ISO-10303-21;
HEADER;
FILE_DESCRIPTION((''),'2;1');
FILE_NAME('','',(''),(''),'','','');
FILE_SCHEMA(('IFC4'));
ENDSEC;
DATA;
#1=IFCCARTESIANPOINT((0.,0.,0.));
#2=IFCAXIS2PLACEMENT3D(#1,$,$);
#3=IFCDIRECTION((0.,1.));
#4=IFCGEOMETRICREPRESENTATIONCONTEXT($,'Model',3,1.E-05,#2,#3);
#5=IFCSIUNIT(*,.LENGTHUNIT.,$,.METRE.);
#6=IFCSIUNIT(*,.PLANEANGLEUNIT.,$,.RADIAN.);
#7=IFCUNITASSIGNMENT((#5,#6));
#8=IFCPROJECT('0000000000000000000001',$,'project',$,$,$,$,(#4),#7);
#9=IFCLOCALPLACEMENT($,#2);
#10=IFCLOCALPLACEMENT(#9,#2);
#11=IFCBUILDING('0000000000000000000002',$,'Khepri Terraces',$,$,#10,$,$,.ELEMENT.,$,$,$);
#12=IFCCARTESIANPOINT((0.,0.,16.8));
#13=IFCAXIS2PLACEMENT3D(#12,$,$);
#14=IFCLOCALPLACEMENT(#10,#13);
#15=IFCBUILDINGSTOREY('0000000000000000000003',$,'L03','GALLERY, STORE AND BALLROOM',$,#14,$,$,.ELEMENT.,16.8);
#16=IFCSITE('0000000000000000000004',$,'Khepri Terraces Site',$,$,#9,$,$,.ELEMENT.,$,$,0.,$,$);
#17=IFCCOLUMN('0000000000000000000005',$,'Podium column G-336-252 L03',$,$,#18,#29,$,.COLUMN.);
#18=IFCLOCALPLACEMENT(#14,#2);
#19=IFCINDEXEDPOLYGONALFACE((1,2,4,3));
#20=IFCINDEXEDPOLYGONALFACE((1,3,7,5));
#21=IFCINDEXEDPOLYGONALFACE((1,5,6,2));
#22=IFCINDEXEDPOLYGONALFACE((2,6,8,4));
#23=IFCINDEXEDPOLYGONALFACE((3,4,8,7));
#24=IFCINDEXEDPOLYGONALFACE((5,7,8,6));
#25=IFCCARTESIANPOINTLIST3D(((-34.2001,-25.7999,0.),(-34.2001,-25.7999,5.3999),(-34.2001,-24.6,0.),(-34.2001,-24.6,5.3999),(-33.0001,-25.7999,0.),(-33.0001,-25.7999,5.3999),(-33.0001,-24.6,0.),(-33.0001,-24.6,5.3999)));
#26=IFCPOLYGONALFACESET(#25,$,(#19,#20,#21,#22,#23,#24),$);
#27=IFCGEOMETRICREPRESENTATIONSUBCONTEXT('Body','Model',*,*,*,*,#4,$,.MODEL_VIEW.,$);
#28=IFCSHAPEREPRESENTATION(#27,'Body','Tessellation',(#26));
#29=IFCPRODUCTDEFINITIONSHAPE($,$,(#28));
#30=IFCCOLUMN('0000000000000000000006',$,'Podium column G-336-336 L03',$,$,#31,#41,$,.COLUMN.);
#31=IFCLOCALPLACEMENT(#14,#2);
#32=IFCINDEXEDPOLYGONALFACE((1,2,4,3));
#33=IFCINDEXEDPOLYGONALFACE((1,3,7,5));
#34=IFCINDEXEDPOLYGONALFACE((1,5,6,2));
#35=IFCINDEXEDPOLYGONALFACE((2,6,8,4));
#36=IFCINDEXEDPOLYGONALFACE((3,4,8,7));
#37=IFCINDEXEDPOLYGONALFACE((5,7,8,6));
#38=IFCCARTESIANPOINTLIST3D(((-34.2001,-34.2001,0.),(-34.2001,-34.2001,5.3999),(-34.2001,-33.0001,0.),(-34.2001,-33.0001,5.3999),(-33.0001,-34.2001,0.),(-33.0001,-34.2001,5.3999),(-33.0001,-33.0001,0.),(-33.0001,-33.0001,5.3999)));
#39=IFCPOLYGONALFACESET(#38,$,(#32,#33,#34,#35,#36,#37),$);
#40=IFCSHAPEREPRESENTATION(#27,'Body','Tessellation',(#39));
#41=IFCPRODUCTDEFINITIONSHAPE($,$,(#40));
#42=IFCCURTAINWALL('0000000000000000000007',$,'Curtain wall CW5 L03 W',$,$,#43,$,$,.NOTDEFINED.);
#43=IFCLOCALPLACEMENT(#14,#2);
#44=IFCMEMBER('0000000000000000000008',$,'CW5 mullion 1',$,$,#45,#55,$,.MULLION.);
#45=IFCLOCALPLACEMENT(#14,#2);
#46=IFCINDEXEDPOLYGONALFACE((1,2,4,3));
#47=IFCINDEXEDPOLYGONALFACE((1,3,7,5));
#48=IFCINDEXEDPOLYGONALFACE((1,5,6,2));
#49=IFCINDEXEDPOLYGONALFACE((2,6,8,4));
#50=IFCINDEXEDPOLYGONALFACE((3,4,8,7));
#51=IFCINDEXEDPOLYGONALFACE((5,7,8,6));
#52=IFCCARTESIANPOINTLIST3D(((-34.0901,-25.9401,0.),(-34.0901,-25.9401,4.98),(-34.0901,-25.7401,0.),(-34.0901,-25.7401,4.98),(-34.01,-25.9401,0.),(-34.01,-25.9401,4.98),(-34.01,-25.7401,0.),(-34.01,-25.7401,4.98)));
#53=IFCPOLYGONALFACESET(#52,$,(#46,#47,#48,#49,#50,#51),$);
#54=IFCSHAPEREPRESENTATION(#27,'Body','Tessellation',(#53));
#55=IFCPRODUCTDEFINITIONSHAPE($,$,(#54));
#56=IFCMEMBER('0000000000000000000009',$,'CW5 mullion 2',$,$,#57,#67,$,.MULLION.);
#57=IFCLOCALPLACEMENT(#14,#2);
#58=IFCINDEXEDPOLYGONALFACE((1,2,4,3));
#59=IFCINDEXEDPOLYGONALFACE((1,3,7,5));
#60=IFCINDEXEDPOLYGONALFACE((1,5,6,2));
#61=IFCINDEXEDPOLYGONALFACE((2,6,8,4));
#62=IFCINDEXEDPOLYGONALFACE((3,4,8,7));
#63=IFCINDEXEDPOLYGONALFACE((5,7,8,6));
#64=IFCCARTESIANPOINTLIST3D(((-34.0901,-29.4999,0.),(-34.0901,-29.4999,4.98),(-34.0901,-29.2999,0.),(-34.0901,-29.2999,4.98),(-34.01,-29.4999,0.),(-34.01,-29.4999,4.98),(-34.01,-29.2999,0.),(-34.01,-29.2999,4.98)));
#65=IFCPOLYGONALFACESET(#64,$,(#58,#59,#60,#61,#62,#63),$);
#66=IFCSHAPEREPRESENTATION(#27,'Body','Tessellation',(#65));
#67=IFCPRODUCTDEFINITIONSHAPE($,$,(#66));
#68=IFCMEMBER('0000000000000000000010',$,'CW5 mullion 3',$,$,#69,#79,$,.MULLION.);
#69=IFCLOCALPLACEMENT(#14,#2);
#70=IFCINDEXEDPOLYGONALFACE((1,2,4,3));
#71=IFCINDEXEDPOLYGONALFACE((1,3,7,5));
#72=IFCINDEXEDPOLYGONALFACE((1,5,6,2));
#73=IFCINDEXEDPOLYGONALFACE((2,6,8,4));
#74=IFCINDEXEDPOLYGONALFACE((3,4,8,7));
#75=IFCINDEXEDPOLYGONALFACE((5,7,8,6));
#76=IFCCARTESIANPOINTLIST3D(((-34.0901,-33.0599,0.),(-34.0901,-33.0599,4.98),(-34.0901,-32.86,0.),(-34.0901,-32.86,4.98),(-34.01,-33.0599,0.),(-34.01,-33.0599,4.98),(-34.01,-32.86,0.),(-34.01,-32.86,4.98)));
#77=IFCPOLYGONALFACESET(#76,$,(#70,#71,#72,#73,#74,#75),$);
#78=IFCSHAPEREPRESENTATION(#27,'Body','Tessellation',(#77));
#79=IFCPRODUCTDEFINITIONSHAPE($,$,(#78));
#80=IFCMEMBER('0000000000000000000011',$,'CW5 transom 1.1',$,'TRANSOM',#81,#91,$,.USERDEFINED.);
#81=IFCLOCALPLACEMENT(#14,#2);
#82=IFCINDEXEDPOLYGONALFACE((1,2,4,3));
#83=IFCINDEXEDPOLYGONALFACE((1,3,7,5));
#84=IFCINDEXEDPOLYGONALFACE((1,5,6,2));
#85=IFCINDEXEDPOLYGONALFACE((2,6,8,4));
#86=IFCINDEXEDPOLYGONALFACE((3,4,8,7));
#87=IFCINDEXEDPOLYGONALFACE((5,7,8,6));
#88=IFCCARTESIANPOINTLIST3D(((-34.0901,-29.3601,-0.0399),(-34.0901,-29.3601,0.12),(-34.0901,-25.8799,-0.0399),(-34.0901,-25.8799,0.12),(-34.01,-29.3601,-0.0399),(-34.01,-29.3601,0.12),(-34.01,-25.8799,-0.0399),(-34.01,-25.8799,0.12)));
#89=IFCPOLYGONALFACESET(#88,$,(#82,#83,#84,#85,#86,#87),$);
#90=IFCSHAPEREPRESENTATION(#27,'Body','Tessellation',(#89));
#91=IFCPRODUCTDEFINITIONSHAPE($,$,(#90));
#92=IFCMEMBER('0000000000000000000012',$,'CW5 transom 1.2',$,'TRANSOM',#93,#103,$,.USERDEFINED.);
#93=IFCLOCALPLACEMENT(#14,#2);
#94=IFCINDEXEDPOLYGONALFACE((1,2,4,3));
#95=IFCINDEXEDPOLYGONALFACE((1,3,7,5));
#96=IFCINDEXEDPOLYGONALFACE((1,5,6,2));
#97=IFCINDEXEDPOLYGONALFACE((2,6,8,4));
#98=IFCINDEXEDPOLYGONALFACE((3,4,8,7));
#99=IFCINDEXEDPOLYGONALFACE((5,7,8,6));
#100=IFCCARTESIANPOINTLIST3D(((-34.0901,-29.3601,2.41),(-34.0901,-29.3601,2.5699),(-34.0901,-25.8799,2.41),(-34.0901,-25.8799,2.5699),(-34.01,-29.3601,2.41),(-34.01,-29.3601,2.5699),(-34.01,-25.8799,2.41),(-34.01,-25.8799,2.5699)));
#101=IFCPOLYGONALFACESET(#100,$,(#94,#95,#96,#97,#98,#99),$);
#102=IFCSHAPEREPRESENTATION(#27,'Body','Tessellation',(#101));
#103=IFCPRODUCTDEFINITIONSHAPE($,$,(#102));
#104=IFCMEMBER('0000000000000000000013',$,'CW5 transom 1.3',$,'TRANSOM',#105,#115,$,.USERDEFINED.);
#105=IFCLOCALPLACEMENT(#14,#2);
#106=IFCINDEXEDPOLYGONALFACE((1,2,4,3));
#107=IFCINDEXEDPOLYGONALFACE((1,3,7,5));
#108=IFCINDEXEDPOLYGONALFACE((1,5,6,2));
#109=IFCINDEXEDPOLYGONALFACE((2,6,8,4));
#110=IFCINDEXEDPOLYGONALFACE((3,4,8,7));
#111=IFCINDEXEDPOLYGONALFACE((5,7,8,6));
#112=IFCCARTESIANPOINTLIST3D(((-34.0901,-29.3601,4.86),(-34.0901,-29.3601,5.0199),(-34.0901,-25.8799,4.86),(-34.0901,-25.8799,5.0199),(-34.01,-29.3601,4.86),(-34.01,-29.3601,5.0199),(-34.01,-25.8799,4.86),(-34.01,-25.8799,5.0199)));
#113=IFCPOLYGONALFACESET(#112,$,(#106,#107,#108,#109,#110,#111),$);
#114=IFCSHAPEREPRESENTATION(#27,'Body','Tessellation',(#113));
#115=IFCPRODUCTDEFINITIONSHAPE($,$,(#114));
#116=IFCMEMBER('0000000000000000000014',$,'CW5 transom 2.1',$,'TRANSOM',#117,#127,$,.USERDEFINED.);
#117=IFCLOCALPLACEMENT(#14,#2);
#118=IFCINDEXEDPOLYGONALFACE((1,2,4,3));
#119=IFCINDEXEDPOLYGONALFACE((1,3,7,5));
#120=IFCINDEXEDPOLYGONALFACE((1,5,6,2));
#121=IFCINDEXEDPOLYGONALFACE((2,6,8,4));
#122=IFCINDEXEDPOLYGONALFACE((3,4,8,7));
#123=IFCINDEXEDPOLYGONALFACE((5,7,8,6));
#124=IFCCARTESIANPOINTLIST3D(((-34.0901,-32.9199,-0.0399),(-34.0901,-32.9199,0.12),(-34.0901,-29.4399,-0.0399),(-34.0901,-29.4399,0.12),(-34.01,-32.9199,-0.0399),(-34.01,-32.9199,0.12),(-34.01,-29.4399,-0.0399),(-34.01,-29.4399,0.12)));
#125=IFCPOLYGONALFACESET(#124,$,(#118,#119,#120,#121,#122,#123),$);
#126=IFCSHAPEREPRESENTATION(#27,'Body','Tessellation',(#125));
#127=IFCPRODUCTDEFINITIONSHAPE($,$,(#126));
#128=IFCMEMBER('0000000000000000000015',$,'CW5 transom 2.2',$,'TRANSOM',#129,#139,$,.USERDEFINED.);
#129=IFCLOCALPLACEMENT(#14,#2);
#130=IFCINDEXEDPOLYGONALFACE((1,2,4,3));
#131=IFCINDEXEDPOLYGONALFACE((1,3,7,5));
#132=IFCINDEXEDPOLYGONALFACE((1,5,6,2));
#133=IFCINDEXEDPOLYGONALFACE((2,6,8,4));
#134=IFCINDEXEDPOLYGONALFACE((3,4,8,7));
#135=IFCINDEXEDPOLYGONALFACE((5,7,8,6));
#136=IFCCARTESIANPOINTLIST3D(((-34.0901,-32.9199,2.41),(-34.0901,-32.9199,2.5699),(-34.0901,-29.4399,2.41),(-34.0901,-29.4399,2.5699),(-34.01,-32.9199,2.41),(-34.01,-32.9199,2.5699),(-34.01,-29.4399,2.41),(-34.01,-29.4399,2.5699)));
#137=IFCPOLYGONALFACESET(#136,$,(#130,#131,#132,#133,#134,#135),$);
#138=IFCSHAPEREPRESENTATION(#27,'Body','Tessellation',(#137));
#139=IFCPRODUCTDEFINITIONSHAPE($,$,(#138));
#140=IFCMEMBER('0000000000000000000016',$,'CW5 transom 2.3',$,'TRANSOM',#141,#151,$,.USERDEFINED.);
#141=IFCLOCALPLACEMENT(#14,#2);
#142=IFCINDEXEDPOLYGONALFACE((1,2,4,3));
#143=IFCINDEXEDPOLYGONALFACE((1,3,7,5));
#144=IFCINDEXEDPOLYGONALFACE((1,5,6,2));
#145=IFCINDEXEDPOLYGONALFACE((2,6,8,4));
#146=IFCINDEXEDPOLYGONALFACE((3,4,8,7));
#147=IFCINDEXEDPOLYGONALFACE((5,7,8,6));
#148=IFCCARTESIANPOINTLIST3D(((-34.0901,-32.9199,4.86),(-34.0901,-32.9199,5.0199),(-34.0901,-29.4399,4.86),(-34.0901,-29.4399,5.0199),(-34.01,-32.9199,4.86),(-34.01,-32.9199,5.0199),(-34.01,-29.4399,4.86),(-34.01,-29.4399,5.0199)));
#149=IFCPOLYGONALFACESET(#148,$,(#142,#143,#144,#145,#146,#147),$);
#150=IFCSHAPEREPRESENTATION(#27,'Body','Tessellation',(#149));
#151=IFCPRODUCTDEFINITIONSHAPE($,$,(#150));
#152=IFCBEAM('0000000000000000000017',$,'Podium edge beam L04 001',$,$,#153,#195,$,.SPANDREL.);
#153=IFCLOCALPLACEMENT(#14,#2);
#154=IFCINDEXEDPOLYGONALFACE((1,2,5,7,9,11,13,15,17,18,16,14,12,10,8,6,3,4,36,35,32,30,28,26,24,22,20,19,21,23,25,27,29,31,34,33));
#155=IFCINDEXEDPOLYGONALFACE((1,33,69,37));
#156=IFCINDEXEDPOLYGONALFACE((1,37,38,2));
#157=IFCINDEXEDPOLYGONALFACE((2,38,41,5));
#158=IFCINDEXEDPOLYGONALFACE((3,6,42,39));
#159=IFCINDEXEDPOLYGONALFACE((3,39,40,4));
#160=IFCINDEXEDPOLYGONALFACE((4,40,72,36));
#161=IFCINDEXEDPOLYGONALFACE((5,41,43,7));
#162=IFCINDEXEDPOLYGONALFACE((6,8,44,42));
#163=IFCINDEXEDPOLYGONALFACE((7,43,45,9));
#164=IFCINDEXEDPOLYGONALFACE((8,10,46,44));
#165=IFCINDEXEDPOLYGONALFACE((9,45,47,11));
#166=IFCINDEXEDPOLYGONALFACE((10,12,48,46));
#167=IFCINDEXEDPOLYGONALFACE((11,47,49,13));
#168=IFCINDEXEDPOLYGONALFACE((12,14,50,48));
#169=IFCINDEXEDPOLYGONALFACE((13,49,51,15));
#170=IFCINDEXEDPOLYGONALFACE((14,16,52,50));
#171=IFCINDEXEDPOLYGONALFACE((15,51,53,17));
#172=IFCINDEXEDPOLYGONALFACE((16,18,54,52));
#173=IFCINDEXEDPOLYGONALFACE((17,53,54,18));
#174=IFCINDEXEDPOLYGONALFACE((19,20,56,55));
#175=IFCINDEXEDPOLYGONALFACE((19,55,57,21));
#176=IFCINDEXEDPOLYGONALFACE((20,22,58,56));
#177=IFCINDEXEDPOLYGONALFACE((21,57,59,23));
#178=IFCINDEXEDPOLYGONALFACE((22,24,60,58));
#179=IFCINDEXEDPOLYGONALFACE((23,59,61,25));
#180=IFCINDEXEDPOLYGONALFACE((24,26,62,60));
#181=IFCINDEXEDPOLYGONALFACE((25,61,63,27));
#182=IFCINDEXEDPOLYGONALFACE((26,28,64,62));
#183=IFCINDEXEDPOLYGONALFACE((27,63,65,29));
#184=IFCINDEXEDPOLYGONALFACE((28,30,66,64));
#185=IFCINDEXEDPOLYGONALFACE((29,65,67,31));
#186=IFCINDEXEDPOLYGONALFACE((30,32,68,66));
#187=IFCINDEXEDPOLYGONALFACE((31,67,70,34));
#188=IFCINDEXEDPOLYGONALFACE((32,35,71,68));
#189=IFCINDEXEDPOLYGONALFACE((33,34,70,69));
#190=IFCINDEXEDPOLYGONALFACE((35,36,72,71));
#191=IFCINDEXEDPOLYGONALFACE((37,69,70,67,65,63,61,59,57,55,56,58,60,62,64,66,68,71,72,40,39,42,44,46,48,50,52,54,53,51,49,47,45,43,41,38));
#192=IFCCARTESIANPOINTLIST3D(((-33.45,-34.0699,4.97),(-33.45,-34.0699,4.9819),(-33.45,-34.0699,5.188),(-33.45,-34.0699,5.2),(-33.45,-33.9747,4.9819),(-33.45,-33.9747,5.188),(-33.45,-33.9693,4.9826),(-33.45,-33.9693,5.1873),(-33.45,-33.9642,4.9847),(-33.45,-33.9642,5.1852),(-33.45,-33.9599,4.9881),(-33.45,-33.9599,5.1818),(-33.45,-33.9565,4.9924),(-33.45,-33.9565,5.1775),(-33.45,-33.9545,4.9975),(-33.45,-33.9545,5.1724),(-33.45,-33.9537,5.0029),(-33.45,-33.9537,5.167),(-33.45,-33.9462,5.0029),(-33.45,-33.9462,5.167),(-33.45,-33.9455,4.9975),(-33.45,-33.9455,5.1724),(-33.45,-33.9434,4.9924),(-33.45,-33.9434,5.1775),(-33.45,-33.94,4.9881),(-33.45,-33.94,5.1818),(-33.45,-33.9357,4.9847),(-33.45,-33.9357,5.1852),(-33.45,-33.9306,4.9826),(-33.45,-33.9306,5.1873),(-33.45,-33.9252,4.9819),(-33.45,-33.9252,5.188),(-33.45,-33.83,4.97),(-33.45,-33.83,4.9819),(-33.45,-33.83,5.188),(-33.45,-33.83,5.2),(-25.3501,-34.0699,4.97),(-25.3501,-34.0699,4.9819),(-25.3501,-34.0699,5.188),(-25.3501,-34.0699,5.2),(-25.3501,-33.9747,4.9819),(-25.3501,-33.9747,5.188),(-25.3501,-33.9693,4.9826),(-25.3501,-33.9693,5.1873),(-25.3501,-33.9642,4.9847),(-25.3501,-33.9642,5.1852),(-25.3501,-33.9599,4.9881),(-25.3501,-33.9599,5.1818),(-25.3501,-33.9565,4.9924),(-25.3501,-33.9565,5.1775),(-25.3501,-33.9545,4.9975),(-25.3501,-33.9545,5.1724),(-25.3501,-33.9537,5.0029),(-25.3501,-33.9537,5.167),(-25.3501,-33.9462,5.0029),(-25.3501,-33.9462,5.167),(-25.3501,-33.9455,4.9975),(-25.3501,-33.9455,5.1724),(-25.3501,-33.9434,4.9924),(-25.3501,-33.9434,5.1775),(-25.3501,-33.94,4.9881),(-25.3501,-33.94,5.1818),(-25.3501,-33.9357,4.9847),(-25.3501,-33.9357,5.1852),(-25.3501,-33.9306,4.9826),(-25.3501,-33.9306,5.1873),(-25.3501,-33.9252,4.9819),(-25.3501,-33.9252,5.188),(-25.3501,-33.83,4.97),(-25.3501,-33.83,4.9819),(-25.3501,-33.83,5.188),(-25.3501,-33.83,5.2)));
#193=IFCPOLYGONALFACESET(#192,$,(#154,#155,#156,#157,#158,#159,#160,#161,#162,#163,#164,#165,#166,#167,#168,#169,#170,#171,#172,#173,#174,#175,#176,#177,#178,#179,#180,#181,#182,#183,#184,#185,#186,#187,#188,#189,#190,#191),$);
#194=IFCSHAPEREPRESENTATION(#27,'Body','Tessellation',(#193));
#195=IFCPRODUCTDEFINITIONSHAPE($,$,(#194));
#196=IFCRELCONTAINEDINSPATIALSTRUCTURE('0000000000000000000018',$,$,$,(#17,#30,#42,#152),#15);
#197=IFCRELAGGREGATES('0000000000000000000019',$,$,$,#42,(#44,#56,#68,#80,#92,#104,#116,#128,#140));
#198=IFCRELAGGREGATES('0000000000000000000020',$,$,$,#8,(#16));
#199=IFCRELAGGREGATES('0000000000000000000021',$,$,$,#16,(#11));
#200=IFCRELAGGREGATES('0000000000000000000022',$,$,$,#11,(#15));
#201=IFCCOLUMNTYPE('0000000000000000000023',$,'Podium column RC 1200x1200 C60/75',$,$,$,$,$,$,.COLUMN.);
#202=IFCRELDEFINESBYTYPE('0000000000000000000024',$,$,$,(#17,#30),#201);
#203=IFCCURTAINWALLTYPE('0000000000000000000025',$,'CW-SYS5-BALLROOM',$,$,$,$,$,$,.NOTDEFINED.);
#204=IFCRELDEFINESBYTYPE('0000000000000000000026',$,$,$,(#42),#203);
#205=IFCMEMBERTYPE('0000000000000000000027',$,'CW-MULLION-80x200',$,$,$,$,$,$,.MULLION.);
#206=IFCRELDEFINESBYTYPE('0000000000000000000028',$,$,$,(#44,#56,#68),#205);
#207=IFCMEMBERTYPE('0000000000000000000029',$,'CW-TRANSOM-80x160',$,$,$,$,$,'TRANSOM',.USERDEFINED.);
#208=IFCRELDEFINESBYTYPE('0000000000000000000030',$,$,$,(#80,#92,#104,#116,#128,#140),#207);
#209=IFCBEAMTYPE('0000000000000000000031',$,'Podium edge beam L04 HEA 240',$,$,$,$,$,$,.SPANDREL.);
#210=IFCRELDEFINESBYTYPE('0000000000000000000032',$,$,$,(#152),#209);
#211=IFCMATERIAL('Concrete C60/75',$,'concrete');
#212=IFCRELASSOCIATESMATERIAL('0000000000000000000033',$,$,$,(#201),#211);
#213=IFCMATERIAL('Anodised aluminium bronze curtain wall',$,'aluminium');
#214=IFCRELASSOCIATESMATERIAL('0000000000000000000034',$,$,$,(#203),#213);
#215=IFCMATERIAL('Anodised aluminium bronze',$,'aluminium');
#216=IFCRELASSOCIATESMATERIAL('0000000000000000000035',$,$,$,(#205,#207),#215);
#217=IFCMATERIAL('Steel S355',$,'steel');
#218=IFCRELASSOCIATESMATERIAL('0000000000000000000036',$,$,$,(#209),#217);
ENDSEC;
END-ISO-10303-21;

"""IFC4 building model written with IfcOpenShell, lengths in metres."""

from ifc_helpers import new_model, si_unit, direction, frame, origin, origin_2d, place, context, subcontext, project, spatial, rectangle, i_section, extrude, material, material_profile, profile_set, type_object, element, aggregate, save


model = new_model("IFC4")

# Units and contexts
model_context = context("Model", 3, precision=1e-05, world=origin(), true_north=direction((0.0, 1.0)))
body_context = subcontext(model_context, "Body", "Model", "MODEL_VIEW")
ifc_project = project(units=[si_unit("LENGTHUNIT", "METRE"), si_unit("PLANEANGLEUNIT", "RADIAN")], contexts=[model_context])

# Site, building, storey
site_placement = place(None, origin())
site = spatial("IfcSite", under=ifc_project, at=site_placement, Name="Khepri Terraces Site", CompositionType="ELEMENT", RefElevation=0.0)
building_placement = place(site_placement, origin())
building = spatial("IfcBuilding", under=site, at=building_placement, Name="Khepri Terraces", CompositionType="ELEMENT")
storey_placement = place(building_placement, frame((0.0, 0.0, 16.8)))
storey = spatial("IfcBuildingStorey", under=building, at=storey_placement, Name="L03", Description="GALLERY, STORE AND BALLROOM", CompositionType="ELEMENT", Elevation=16.8)

# Columns
ifc_material_1 = material(Name="Concrete C60/75", Category="concrete")
ifc_material_profile_1 = material_profile(ifc_material_1, rectangle(XDim=1.2, YDim=1.2, at=origin_2d()), Name="Concrete C60/75", Category="concrete")
ifc_profile_set_1 = profile_set([ifc_material_profile_1], Name="Concrete C60/75")
column_type = type_object("IfcColumnType", Name="Podium column RC 1200x1200 C60/75", PredefinedType="COLUMN", material=ifc_profile_set_1)
for number, where, z_axis, x_axis, name in (
    (1, (-33.6001, -25.2, 0.0), (0.0, 0.0, 1.0), (1.0, 0.0, 0.0), "Podium column G-336-252 L03"),
    (2, (-33.6001, -33.6001, 0.0), (0.0, 0.0, 1.0), (1.0, 0.0, 0.0), "Podium column G-336-336 L03"),
):
    element("IfcColumn", number, at=place(storey_placement, frame(where, z_axis=z_axis, x_axis=x_axis)), inside=storey, type_object=column_type, Name=name, PredefinedType="COLUMN", context=body_context, shape_type="SweptSolid", body=[
        extrude(rectangle(XDim=1.2, YDim=1.2, at=origin_2d()), origin(), (0.0, 0.0, 1.0), 5.3999),
    ])

# Curtain wall, members
ifc_material_2 = material(Name="Anodised aluminium bronze curtain wall", Category="aluminium")
curtain_wall_type = type_object("IfcCurtainWallType", Name="CW-SYS5-BALLROOM", PredefinedType="NOTDEFINED", material=ifc_material_2)
curtain_wall_placement = place(storey_placement, origin())
curtain_wall = element("IfcCurtainWall", 3, at=curtain_wall_placement, inside=storey, type_object=curtain_wall_type, Name="Curtain wall CW5 L03 W", PredefinedType="NOTDEFINED")
ifc_material_3 = material(Name="Anodised aluminium bronze", Category="aluminium")
ifc_material_profile_2 = material_profile(ifc_material_3, rectangle(XDim=0.0801, YDim=0.2, at=origin_2d()), Name="Anodised aluminium bronze", Category="aluminium")
ifc_profile_set_2 = profile_set([ifc_material_profile_2], Name="Anodised aluminium bronze")
member_type_1 = type_object("IfcMemberType", Name="CW-MULLION-80x200", PredefinedType="MULLION", material=ifc_profile_set_2)
member_1_placement = place(storey_placement, frame((-34.05, -25.8401, 0.0), z_axis=(0.0, 0.0, 1.0), x_axis=(1.0, 0.0, 0.0)))
member_1 = element("IfcMember", 4, at=member_1_placement, type_object=member_type_1, Name="CW5 mullion 1", PredefinedType="MULLION", context=body_context, shape_type="SweptSolid", body=[
    extrude(rectangle(XDim=0.0801, YDim=0.2, at=origin_2d()), origin(), (0.0, 0.0, 1.0), 4.98),
])
member_2_placement = place(storey_placement, frame((-34.05, -29.3999, 0.0), z_axis=(0.0, 0.0, 1.0), x_axis=(1.0, 0.0, 0.0)))
member_2 = element("IfcMember", 5, at=member_2_placement, type_object=member_type_1, Name="CW5 mullion 2", PredefinedType="MULLION", context=body_context, shape_type="SweptSolid", body=[
    extrude(rectangle(XDim=0.0801, YDim=0.2, at=origin_2d()), origin(), (0.0, 0.0, 1.0), 4.98),
])
member_3_placement = place(storey_placement, frame((-34.05, -32.96, 0.0), z_axis=(0.0, 0.0, 1.0), x_axis=(1.0, 0.0, 0.0)))
member_3 = element("IfcMember", 6, at=member_3_placement, type_object=member_type_1, Name="CW5 mullion 3", PredefinedType="MULLION", context=body_context, shape_type="SweptSolid", body=[
    extrude(rectangle(XDim=0.0801, YDim=0.2, at=origin_2d()), origin(), (0.0, 0.0, 1.0), 4.98),
])
ifc_material_profile_3 = material_profile(ifc_material_3, rectangle(XDim=0.0801, YDim=0.1599, at=origin_2d()), Name="Anodised aluminium bronze", Category="aluminium")
ifc_profile_set_3 = profile_set([ifc_material_profile_3], Name="Anodised aluminium bronze")
member_type_2 = type_object("IfcMemberType", Name="CW-TRANSOM-80x160", ElementType="TRANSOM", PredefinedType="USERDEFINED", material=ifc_profile_set_3)
member_4_placement = place(storey_placement, frame((-34.05, -25.8799, 0.04), z_axis=(0.0, -1.0, 0.0), x_axis=(1.0, 0.0, 0.0)))
member_4 = element("IfcMember", 7, at=member_4_placement, type_object=member_type_2, Name="CW5 transom 1.1", ObjectType="TRANSOM", PredefinedType="USERDEFINED", context=body_context, shape_type="SweptSolid", body=[
    extrude(rectangle(XDim=0.0801, YDim=0.1599, at=origin_2d()), origin(), (0.0, 0.0, 1.0), 3.4802),
])
member_5_placement = place(storey_placement, frame((-34.05, -25.8799, 2.49), z_axis=(0.0, -1.0, 0.0), x_axis=(1.0, 0.0, 0.0)))
member_5 = element("IfcMember", 8, at=member_5_placement, type_object=member_type_2, Name="CW5 transom 1.2", ObjectType="TRANSOM", PredefinedType="USERDEFINED", context=body_context, shape_type="SweptSolid", body=[
    extrude(rectangle(XDim=0.0801, YDim=0.1599, at=origin_2d()), origin(), (0.0, 0.0, 1.0), 3.4802),
])
member_6_placement = place(storey_placement, frame((-34.05, -25.8799, 4.9399), z_axis=(0.0, -1.0, 0.0), x_axis=(1.0, 0.0, 0.0)))
member_6 = element("IfcMember", 9, at=member_6_placement, type_object=member_type_2, Name="CW5 transom 1.3", ObjectType="TRANSOM", PredefinedType="USERDEFINED", context=body_context, shape_type="SweptSolid", body=[
    extrude(rectangle(XDim=0.0801, YDim=0.1599, at=origin_2d()), origin(), (0.0, 0.0, 1.0), 3.4802),
])
member_7_placement = place(storey_placement, frame((-34.05, -29.4399, 0.04), z_axis=(0.0, -1.0, 0.0), x_axis=(1.0, 0.0, 0.0)))
member_7 = element("IfcMember", 10, at=member_7_placement, type_object=member_type_2, Name="CW5 transom 2.1", ObjectType="TRANSOM", PredefinedType="USERDEFINED", context=body_context, shape_type="SweptSolid", body=[
    extrude(rectangle(XDim=0.0801, YDim=0.1599, at=origin_2d()), origin(), (0.0, 0.0, 1.0), 3.48),
])
member_8_placement = place(storey_placement, frame((-34.05, -29.4399, 2.49), z_axis=(0.0, -1.0, 0.0), x_axis=(1.0, 0.0, 0.0)))
member_8 = element("IfcMember", 11, at=member_8_placement, type_object=member_type_2, Name="CW5 transom 2.2", ObjectType="TRANSOM", PredefinedType="USERDEFINED", context=body_context, shape_type="SweptSolid", body=[
    extrude(rectangle(XDim=0.0801, YDim=0.1599, at=origin_2d()), origin(), (0.0, 0.0, 1.0), 3.48),
])
member_9_placement = place(storey_placement, frame((-34.05, -29.4399, 4.9399), z_axis=(0.0, -1.0, 0.0), x_axis=(1.0, 0.0, 0.0)))
member_9 = element("IfcMember", 12, at=member_9_placement, type_object=member_type_2, Name="CW5 transom 2.3", ObjectType="TRANSOM", PredefinedType="USERDEFINED", context=body_context, shape_type="SweptSolid", body=[
    extrude(rectangle(XDim=0.0801, YDim=0.1599, at=origin_2d()), origin(), (0.0, 0.0, 1.0), 3.48),
])

# Beam
ifc_material_4 = material(Name="Steel S355", Category="steel")
ifc_material_profile_4 = material_profile(ifc_material_4, i_section(OverallWidth=0.24, OverallDepth=0.23, WebThickness=0.0076, FlangeThickness=0.012, FilletRadius=0.021, at=origin_2d()), Name="Steel S355", Category="steel")
ifc_profile_set_4 = profile_set([ifc_material_profile_4], Name="Steel S355")
beam_type_1 = type_object("IfcBeamType", Name="Podium edge beam L04 HEA 240", PredefinedType="SPANDREL", material=ifc_profile_set_4)
beam_1_placement = place(storey_placement, frame((-33.45, -33.95, 5.085), z_axis=(1.0, 0.0, 0.0), x_axis=(0.0, 1.0, 0.0)))
element("IfcBeam", 13, at=beam_1_placement, inside=storey, type_object=beam_type_1, Name="Podium edge beam L04 001", PredefinedType="SPANDREL", context=body_context, shape_type="SweptSolid", body=[
    extrude(i_section(OverallWidth=0.24, OverallDepth=0.23, WebThickness=0.0076, FlangeThickness=0.012, FilletRadius=0.021, at=origin_2d()), origin(), (0.0, 0.0, 1.0), 8.0999),
])

aggregate(curtain_wall, [member_1, member_2, member_3, member_4, member_5, member_6, member_7, member_8, member_9])

save(model, "model.ifc")
